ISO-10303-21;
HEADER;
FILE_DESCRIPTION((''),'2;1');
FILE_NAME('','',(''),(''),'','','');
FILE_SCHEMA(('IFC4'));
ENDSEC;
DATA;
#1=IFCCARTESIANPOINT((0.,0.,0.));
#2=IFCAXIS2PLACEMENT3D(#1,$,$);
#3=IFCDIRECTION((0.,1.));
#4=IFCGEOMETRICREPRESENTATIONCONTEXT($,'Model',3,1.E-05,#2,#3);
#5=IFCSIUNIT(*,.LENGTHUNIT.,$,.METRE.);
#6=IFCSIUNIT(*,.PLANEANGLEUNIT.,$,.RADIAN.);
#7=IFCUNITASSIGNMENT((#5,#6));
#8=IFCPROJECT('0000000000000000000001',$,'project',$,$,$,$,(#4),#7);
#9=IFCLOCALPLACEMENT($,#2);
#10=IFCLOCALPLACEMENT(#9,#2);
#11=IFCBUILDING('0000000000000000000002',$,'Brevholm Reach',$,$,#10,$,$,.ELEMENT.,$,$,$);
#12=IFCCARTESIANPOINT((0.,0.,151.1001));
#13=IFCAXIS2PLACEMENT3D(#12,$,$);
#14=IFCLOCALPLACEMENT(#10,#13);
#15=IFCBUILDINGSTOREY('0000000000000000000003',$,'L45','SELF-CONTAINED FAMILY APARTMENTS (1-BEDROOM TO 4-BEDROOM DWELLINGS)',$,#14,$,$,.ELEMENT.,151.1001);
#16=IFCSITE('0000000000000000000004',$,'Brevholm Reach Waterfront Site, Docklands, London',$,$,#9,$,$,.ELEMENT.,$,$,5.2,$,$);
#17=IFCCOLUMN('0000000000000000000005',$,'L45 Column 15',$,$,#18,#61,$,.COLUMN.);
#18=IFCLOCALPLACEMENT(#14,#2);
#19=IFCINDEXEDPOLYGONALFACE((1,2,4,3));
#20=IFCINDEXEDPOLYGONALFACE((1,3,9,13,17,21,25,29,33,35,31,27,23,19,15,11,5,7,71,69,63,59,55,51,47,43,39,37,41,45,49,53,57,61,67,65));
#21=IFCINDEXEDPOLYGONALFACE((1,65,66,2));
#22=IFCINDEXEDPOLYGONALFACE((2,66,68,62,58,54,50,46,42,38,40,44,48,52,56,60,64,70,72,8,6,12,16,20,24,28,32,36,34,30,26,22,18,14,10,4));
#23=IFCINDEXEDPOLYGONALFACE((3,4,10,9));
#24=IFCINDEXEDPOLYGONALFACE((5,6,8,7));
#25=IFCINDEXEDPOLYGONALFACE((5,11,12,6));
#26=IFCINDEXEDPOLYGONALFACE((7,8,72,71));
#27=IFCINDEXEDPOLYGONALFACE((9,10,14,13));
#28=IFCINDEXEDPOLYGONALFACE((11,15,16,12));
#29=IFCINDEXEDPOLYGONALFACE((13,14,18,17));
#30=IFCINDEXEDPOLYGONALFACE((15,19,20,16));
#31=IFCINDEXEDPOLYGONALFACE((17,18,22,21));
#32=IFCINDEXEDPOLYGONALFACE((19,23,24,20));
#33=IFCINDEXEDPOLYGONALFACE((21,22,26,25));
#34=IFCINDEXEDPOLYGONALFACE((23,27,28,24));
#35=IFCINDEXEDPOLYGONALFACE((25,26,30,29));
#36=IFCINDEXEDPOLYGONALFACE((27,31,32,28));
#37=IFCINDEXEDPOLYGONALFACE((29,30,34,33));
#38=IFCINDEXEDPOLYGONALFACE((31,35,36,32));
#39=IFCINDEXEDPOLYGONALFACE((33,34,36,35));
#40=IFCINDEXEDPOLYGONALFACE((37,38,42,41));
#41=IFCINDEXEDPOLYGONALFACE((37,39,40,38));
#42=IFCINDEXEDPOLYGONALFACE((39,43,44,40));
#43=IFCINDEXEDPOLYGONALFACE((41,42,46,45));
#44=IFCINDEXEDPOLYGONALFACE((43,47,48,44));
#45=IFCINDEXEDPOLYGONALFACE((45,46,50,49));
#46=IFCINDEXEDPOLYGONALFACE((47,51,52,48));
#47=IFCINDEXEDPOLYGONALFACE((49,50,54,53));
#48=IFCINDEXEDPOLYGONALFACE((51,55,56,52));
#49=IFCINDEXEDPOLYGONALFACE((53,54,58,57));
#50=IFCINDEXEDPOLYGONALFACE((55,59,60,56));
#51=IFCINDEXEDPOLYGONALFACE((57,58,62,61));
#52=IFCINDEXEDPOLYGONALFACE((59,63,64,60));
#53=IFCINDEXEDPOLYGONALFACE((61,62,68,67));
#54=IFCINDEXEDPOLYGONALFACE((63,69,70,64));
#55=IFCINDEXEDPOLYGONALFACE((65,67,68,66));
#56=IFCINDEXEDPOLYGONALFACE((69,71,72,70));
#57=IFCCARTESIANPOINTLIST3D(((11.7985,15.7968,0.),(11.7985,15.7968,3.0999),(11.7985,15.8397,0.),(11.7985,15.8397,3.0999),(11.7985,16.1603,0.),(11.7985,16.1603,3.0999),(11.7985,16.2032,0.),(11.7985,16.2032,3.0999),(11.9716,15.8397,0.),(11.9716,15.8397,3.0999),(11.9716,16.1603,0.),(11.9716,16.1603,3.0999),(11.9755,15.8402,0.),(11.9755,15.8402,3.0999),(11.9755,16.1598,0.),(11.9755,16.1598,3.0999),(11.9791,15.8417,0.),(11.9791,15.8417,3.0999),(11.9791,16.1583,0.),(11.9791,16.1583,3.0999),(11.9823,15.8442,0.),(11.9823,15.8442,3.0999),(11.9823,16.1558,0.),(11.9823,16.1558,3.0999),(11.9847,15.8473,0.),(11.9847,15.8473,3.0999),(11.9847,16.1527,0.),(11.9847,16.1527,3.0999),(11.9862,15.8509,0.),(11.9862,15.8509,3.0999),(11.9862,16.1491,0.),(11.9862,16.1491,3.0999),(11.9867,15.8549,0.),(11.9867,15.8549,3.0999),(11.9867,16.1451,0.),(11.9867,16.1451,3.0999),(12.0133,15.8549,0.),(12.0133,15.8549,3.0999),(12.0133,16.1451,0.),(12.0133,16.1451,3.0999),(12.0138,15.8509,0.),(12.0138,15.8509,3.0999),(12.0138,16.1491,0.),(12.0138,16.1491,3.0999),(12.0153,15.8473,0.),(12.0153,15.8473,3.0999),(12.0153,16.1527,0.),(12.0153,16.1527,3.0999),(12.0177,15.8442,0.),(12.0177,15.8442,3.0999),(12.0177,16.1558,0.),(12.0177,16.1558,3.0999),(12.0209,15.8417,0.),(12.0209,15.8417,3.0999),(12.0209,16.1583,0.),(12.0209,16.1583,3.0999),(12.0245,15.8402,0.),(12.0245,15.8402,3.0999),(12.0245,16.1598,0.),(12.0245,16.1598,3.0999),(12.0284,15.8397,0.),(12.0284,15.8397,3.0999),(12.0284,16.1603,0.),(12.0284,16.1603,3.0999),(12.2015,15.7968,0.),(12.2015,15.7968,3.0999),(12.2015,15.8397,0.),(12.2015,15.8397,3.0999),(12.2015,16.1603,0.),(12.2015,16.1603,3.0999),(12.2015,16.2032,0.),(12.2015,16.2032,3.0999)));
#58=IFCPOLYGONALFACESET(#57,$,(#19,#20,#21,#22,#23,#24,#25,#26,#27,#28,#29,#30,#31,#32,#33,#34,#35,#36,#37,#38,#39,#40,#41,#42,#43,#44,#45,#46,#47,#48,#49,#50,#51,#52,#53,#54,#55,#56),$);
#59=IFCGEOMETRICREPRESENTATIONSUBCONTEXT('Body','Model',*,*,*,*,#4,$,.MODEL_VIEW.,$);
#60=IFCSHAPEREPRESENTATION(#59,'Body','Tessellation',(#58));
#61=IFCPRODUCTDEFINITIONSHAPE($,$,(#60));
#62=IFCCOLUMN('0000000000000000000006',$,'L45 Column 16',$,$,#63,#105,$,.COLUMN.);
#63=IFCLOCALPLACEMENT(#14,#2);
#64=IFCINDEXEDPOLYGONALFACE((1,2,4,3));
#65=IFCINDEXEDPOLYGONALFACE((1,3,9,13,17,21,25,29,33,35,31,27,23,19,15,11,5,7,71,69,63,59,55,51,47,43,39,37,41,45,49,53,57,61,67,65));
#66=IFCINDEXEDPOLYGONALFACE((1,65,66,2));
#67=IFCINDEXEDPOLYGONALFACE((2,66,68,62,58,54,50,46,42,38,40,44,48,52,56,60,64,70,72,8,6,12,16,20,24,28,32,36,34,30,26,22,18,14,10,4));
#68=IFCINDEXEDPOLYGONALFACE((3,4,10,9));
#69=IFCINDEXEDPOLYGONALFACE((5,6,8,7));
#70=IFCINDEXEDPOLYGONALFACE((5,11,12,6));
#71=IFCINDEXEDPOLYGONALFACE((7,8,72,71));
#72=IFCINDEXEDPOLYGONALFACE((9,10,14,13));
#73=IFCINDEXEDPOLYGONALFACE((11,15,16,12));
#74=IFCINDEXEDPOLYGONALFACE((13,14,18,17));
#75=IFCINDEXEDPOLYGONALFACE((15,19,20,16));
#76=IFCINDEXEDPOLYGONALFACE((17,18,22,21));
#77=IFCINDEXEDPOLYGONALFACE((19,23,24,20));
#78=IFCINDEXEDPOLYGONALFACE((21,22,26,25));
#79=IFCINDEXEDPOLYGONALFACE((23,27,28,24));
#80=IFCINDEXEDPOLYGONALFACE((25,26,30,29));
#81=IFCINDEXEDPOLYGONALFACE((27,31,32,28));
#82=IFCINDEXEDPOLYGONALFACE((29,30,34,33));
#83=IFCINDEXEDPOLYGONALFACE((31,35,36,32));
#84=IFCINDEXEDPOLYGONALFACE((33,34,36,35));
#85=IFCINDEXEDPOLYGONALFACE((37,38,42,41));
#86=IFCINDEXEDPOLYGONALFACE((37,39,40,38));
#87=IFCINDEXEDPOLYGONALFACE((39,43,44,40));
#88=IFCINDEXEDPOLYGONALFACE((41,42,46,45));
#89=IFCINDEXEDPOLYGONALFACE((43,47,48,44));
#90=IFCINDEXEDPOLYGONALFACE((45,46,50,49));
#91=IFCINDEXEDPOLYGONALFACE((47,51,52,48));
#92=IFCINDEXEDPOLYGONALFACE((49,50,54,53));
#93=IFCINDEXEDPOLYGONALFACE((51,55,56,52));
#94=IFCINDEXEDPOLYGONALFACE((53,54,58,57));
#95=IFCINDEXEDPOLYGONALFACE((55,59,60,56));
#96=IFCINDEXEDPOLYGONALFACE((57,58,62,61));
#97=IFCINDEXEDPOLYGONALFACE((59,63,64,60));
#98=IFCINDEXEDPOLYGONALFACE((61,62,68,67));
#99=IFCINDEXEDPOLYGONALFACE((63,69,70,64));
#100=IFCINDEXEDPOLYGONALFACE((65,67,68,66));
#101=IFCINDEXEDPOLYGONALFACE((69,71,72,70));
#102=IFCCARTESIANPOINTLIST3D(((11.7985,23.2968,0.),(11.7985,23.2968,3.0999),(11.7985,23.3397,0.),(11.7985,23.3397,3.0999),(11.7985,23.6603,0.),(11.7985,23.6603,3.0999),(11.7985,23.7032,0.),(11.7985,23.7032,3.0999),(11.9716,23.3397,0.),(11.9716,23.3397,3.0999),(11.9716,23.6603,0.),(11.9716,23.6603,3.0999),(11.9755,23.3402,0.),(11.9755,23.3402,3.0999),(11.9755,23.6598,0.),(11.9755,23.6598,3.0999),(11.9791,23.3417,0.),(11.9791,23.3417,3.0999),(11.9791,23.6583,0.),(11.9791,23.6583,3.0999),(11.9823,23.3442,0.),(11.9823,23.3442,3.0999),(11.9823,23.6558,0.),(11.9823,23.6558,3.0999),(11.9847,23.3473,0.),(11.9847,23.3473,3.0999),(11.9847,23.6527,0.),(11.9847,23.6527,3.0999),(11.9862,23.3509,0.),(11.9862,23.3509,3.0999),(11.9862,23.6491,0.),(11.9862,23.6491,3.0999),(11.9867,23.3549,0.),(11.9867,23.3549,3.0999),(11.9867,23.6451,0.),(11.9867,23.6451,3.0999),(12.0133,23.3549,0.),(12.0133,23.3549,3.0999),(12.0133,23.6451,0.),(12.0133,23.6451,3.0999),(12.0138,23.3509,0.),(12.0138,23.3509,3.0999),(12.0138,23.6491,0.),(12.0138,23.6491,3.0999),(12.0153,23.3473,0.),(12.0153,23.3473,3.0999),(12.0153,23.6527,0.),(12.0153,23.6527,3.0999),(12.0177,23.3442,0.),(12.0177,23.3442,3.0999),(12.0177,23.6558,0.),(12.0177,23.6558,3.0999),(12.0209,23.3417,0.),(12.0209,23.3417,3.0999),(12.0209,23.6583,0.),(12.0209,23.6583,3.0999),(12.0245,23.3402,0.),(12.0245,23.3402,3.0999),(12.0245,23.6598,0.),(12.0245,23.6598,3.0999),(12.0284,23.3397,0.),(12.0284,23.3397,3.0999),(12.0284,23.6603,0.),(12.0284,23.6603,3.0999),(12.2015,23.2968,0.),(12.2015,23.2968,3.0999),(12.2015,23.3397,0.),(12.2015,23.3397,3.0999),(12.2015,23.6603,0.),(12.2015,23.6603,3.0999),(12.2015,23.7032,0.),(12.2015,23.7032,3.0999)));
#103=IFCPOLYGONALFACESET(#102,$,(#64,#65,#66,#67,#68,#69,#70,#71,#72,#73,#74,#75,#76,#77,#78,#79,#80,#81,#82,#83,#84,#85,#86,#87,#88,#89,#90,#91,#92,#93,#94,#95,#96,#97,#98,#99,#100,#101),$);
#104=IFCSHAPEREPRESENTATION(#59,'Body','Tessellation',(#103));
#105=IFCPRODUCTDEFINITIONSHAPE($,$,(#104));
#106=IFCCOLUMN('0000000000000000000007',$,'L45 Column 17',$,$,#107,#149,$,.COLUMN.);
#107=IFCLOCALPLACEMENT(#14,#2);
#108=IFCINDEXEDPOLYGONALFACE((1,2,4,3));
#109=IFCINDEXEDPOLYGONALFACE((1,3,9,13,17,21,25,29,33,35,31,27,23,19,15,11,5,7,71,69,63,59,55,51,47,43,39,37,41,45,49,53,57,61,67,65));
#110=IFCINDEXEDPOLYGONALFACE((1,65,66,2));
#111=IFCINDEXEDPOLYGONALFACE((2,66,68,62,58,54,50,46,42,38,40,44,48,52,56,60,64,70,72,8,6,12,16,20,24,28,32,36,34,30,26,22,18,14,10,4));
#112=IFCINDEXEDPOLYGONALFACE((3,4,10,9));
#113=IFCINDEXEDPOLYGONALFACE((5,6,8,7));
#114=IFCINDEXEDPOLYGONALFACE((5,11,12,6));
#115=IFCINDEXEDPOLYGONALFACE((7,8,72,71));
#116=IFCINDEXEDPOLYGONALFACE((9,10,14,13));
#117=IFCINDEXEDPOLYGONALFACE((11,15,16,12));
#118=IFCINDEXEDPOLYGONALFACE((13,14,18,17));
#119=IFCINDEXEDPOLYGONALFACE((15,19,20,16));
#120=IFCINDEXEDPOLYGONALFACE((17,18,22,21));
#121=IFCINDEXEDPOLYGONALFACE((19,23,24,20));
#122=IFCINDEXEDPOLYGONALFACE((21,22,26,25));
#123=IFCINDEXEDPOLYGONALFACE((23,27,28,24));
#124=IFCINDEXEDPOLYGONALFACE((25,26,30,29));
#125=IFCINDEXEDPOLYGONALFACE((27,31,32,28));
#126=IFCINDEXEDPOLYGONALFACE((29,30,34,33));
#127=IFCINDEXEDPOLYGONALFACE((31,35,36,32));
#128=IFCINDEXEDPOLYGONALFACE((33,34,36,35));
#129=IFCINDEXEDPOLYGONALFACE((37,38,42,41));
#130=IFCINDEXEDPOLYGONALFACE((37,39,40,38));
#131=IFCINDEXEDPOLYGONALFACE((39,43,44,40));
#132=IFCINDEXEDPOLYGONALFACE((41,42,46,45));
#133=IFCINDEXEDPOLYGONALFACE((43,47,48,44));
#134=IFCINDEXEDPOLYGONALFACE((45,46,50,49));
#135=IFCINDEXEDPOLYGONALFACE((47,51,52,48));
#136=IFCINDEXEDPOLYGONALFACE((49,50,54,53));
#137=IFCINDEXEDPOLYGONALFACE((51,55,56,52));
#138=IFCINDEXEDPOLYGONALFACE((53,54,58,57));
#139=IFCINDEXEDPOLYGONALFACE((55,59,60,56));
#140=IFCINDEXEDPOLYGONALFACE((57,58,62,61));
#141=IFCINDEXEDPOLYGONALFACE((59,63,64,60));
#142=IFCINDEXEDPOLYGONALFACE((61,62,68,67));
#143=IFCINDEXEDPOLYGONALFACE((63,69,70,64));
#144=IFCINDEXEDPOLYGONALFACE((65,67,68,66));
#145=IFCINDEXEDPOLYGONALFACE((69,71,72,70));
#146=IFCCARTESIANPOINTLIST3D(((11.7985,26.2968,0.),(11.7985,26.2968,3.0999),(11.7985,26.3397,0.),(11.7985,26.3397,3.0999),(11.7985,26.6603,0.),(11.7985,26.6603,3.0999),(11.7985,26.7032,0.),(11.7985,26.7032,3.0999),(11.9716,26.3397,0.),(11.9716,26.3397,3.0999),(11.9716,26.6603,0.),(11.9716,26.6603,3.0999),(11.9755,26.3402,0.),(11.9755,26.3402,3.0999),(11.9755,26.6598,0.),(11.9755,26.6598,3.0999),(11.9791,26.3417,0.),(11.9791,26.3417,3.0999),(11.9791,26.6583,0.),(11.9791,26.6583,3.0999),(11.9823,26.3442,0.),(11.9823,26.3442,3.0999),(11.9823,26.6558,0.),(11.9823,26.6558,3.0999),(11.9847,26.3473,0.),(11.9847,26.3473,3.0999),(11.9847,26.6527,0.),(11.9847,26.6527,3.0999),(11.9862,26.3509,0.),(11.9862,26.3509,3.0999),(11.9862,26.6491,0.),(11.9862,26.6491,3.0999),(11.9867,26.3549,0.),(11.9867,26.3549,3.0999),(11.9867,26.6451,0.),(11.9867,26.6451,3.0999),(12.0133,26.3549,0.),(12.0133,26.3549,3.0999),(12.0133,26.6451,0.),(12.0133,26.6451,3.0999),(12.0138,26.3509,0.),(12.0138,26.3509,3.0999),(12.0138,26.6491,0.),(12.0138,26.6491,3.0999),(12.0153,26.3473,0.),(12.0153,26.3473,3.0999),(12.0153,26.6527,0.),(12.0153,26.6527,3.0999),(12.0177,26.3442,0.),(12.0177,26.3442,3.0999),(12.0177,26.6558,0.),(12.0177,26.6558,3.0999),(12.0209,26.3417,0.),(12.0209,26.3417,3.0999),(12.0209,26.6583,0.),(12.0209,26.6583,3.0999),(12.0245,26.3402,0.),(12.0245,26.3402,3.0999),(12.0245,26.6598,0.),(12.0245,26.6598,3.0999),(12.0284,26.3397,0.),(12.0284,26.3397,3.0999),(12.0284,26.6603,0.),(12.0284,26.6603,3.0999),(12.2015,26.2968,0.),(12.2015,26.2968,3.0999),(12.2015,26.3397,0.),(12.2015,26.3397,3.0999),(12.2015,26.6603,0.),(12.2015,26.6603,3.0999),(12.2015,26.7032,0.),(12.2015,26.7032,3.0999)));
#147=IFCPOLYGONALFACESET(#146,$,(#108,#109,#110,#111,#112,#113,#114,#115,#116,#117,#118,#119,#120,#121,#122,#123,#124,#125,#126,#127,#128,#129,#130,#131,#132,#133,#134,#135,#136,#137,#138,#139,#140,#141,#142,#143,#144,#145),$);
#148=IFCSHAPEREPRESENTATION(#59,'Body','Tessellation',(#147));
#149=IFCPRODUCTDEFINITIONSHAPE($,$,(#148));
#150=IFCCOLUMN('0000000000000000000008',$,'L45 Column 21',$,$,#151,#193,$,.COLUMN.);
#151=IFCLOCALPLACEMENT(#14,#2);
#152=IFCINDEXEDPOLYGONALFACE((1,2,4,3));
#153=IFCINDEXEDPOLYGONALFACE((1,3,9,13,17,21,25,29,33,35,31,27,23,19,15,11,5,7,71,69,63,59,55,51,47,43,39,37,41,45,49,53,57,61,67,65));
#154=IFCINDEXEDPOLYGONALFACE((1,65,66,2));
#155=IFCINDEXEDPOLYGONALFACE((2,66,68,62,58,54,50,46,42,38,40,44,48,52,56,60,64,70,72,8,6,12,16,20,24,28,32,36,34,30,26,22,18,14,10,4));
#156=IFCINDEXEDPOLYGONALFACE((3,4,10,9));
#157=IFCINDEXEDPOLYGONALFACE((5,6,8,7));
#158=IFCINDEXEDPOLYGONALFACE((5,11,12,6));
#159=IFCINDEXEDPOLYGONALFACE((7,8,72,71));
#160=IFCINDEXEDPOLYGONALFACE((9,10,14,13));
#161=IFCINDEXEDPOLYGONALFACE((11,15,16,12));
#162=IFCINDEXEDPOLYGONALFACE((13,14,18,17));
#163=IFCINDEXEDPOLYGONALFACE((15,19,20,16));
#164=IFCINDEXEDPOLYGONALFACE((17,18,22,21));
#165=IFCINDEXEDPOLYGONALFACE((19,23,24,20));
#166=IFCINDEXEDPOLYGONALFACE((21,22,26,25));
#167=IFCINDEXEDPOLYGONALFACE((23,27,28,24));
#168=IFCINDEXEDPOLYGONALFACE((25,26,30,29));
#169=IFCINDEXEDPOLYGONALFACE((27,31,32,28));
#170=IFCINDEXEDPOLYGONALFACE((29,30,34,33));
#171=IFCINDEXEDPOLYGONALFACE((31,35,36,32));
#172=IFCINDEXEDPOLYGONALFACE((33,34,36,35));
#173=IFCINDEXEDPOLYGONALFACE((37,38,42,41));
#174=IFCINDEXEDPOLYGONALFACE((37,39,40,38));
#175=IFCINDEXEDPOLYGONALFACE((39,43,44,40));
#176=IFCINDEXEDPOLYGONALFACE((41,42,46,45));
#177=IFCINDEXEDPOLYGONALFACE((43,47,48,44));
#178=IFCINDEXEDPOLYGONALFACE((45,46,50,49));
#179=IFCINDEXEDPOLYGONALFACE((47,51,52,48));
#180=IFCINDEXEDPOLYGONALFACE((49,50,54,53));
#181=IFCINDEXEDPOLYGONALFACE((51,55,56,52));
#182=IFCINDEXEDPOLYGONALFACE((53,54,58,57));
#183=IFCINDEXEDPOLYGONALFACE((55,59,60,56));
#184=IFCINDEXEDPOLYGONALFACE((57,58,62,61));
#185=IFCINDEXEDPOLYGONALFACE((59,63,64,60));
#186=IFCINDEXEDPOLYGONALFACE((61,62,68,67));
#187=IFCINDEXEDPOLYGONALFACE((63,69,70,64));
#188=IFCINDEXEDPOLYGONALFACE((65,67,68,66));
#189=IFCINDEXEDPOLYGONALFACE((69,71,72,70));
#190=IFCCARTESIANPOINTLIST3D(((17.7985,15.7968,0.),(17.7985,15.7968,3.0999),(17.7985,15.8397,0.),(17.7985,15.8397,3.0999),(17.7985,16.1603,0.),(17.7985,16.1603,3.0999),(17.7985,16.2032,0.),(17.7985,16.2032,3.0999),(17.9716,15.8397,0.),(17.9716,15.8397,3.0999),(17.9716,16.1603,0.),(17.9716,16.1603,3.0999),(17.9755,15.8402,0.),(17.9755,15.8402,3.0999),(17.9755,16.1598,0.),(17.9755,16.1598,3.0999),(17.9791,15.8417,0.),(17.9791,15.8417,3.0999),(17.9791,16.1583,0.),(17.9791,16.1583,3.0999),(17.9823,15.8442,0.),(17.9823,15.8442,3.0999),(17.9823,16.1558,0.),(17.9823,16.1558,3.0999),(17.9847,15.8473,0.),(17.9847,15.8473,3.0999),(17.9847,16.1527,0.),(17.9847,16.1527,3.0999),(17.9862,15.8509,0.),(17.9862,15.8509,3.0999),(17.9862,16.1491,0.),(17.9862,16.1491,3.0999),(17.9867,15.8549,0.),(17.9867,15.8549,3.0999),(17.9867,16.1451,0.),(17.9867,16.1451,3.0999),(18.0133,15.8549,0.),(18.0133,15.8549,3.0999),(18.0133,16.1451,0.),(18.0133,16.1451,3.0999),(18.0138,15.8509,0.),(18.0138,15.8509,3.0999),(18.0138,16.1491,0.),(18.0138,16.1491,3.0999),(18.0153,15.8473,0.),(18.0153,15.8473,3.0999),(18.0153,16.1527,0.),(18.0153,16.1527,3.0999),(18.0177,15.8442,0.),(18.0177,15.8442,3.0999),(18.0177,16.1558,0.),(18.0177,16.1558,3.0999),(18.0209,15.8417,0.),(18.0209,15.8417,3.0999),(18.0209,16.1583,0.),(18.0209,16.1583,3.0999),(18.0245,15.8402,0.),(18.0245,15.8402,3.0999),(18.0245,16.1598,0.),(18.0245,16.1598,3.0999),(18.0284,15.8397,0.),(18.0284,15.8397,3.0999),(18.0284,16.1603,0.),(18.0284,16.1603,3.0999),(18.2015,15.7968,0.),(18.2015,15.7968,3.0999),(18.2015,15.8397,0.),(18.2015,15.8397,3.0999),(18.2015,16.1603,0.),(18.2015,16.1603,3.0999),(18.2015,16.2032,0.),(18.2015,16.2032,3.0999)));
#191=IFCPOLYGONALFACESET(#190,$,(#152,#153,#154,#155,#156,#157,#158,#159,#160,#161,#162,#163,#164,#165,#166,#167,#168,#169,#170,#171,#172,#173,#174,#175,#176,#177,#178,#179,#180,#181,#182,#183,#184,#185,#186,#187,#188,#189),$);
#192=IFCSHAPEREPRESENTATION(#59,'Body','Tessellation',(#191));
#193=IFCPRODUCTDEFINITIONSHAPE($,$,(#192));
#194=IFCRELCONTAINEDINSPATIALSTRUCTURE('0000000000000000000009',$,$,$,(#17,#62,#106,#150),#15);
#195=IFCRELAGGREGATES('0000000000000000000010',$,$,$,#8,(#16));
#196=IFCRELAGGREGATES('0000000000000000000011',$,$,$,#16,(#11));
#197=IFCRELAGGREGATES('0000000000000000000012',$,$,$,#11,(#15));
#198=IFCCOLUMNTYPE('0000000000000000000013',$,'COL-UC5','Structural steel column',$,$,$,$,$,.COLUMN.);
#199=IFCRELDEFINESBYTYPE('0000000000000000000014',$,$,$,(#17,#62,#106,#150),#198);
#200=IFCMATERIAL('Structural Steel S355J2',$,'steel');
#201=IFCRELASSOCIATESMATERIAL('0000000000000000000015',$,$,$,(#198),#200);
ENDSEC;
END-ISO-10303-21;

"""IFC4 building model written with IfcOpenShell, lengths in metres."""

from ifc_helpers import new_model, si_unit, direction, frame, origin, origin_2d, place, context, subcontext, project, spatial, i_section, extrude, material, material_profile, profile_set, type_object, element, save


model = new_model("IFC4")

# Units and contexts
model_context = context("Model", 3, precision=1e-05, world=origin(), true_north=direction((0.0, 1.0)))
body_context = subcontext(model_context, "Body", "Model", "MODEL_VIEW")
ifc_project = project(units=[si_unit("LENGTHUNIT", "METRE"), si_unit("PLANEANGLEUNIT", "RADIAN")], contexts=[model_context])

# Site, building, storey
site_placement = place(None, origin())
site = spatial("IfcSite", under=ifc_project, at=site_placement, Name="Brevholm Reach Waterfront Site, Docklands, London", CompositionType="ELEMENT", RefElevation=5.2)
building_placement = place(site_placement, origin())
building = spatial("IfcBuilding", under=site, at=building_placement, Name="Brevholm Reach", CompositionType="ELEMENT")
storey_placement = place(building_placement, frame((0.0, 0.0, 151.1001)))
storey = spatial("IfcBuildingStorey", under=building, at=storey_placement, Name="L45", Description="SELF-CONTAINED FAMILY APARTMENTS (1-BEDROOM TO 4-BEDROOM DWELLINGS)", CompositionType="ELEMENT", Elevation=151.1001)

# Columns
ifc_material_1 = material(Name="Structural Steel S355J2", Category="steel")
ifc_material_profile_1 = material_profile(ifc_material_1, i_section(OverallWidth=0.4031, OverallDepth=0.4065, WebThickness=0.0266, FlangeThickness=0.043, FilletRadius=0.0151, at=origin_2d()), Name="UKC 356x406x340")
ifc_profile_set_1 = profile_set([ifc_material_profile_1], Name="Structural Steel S355J2")
column_type = type_object("IfcColumnType", Name="COL-UC5", Description="Structural steel column", PredefinedType="COLUMN", material=ifc_profile_set_1)
for number, where, z_axis, x_axis, name in (
    (1, (12.0, 16.0, 0.0), (0.0, 0.0, 1.0), (1.0, 0.0, 0.0), "L45 Column 15"),
    (2, (12.0, 23.5, 0.0), (0.0, 0.0, 1.0), (1.0, 0.0, 0.0), "L45 Column 16"),
    (3, (12.0, 26.5, 0.0), (0.0, 0.0, 1.0), (1.0, 0.0, 0.0), "L45 Column 17"),
    (4, (18.0, 16.0, 0.0), (0.0, 0.0, 1.0), (1.0, 0.0, 0.0), "L45 Column 21"),
):
    element("IfcColumn", number, at=place(storey_placement, frame(where, z_axis=z_axis, x_axis=x_axis)), inside=storey, type_object=column_type, Name=name, PredefinedType="COLUMN", context=body_context, shape_type="SweptSolid", body=[
        extrude(i_section(OverallWidth=0.4031, OverallDepth=0.4065, WebThickness=0.0266, FlangeThickness=0.043, FilletRadius=0.0151, at=origin_2d()), origin(), (0.0, 0.0, 1.0), 3.0999),
    ])

save(model, "model.ifc")
